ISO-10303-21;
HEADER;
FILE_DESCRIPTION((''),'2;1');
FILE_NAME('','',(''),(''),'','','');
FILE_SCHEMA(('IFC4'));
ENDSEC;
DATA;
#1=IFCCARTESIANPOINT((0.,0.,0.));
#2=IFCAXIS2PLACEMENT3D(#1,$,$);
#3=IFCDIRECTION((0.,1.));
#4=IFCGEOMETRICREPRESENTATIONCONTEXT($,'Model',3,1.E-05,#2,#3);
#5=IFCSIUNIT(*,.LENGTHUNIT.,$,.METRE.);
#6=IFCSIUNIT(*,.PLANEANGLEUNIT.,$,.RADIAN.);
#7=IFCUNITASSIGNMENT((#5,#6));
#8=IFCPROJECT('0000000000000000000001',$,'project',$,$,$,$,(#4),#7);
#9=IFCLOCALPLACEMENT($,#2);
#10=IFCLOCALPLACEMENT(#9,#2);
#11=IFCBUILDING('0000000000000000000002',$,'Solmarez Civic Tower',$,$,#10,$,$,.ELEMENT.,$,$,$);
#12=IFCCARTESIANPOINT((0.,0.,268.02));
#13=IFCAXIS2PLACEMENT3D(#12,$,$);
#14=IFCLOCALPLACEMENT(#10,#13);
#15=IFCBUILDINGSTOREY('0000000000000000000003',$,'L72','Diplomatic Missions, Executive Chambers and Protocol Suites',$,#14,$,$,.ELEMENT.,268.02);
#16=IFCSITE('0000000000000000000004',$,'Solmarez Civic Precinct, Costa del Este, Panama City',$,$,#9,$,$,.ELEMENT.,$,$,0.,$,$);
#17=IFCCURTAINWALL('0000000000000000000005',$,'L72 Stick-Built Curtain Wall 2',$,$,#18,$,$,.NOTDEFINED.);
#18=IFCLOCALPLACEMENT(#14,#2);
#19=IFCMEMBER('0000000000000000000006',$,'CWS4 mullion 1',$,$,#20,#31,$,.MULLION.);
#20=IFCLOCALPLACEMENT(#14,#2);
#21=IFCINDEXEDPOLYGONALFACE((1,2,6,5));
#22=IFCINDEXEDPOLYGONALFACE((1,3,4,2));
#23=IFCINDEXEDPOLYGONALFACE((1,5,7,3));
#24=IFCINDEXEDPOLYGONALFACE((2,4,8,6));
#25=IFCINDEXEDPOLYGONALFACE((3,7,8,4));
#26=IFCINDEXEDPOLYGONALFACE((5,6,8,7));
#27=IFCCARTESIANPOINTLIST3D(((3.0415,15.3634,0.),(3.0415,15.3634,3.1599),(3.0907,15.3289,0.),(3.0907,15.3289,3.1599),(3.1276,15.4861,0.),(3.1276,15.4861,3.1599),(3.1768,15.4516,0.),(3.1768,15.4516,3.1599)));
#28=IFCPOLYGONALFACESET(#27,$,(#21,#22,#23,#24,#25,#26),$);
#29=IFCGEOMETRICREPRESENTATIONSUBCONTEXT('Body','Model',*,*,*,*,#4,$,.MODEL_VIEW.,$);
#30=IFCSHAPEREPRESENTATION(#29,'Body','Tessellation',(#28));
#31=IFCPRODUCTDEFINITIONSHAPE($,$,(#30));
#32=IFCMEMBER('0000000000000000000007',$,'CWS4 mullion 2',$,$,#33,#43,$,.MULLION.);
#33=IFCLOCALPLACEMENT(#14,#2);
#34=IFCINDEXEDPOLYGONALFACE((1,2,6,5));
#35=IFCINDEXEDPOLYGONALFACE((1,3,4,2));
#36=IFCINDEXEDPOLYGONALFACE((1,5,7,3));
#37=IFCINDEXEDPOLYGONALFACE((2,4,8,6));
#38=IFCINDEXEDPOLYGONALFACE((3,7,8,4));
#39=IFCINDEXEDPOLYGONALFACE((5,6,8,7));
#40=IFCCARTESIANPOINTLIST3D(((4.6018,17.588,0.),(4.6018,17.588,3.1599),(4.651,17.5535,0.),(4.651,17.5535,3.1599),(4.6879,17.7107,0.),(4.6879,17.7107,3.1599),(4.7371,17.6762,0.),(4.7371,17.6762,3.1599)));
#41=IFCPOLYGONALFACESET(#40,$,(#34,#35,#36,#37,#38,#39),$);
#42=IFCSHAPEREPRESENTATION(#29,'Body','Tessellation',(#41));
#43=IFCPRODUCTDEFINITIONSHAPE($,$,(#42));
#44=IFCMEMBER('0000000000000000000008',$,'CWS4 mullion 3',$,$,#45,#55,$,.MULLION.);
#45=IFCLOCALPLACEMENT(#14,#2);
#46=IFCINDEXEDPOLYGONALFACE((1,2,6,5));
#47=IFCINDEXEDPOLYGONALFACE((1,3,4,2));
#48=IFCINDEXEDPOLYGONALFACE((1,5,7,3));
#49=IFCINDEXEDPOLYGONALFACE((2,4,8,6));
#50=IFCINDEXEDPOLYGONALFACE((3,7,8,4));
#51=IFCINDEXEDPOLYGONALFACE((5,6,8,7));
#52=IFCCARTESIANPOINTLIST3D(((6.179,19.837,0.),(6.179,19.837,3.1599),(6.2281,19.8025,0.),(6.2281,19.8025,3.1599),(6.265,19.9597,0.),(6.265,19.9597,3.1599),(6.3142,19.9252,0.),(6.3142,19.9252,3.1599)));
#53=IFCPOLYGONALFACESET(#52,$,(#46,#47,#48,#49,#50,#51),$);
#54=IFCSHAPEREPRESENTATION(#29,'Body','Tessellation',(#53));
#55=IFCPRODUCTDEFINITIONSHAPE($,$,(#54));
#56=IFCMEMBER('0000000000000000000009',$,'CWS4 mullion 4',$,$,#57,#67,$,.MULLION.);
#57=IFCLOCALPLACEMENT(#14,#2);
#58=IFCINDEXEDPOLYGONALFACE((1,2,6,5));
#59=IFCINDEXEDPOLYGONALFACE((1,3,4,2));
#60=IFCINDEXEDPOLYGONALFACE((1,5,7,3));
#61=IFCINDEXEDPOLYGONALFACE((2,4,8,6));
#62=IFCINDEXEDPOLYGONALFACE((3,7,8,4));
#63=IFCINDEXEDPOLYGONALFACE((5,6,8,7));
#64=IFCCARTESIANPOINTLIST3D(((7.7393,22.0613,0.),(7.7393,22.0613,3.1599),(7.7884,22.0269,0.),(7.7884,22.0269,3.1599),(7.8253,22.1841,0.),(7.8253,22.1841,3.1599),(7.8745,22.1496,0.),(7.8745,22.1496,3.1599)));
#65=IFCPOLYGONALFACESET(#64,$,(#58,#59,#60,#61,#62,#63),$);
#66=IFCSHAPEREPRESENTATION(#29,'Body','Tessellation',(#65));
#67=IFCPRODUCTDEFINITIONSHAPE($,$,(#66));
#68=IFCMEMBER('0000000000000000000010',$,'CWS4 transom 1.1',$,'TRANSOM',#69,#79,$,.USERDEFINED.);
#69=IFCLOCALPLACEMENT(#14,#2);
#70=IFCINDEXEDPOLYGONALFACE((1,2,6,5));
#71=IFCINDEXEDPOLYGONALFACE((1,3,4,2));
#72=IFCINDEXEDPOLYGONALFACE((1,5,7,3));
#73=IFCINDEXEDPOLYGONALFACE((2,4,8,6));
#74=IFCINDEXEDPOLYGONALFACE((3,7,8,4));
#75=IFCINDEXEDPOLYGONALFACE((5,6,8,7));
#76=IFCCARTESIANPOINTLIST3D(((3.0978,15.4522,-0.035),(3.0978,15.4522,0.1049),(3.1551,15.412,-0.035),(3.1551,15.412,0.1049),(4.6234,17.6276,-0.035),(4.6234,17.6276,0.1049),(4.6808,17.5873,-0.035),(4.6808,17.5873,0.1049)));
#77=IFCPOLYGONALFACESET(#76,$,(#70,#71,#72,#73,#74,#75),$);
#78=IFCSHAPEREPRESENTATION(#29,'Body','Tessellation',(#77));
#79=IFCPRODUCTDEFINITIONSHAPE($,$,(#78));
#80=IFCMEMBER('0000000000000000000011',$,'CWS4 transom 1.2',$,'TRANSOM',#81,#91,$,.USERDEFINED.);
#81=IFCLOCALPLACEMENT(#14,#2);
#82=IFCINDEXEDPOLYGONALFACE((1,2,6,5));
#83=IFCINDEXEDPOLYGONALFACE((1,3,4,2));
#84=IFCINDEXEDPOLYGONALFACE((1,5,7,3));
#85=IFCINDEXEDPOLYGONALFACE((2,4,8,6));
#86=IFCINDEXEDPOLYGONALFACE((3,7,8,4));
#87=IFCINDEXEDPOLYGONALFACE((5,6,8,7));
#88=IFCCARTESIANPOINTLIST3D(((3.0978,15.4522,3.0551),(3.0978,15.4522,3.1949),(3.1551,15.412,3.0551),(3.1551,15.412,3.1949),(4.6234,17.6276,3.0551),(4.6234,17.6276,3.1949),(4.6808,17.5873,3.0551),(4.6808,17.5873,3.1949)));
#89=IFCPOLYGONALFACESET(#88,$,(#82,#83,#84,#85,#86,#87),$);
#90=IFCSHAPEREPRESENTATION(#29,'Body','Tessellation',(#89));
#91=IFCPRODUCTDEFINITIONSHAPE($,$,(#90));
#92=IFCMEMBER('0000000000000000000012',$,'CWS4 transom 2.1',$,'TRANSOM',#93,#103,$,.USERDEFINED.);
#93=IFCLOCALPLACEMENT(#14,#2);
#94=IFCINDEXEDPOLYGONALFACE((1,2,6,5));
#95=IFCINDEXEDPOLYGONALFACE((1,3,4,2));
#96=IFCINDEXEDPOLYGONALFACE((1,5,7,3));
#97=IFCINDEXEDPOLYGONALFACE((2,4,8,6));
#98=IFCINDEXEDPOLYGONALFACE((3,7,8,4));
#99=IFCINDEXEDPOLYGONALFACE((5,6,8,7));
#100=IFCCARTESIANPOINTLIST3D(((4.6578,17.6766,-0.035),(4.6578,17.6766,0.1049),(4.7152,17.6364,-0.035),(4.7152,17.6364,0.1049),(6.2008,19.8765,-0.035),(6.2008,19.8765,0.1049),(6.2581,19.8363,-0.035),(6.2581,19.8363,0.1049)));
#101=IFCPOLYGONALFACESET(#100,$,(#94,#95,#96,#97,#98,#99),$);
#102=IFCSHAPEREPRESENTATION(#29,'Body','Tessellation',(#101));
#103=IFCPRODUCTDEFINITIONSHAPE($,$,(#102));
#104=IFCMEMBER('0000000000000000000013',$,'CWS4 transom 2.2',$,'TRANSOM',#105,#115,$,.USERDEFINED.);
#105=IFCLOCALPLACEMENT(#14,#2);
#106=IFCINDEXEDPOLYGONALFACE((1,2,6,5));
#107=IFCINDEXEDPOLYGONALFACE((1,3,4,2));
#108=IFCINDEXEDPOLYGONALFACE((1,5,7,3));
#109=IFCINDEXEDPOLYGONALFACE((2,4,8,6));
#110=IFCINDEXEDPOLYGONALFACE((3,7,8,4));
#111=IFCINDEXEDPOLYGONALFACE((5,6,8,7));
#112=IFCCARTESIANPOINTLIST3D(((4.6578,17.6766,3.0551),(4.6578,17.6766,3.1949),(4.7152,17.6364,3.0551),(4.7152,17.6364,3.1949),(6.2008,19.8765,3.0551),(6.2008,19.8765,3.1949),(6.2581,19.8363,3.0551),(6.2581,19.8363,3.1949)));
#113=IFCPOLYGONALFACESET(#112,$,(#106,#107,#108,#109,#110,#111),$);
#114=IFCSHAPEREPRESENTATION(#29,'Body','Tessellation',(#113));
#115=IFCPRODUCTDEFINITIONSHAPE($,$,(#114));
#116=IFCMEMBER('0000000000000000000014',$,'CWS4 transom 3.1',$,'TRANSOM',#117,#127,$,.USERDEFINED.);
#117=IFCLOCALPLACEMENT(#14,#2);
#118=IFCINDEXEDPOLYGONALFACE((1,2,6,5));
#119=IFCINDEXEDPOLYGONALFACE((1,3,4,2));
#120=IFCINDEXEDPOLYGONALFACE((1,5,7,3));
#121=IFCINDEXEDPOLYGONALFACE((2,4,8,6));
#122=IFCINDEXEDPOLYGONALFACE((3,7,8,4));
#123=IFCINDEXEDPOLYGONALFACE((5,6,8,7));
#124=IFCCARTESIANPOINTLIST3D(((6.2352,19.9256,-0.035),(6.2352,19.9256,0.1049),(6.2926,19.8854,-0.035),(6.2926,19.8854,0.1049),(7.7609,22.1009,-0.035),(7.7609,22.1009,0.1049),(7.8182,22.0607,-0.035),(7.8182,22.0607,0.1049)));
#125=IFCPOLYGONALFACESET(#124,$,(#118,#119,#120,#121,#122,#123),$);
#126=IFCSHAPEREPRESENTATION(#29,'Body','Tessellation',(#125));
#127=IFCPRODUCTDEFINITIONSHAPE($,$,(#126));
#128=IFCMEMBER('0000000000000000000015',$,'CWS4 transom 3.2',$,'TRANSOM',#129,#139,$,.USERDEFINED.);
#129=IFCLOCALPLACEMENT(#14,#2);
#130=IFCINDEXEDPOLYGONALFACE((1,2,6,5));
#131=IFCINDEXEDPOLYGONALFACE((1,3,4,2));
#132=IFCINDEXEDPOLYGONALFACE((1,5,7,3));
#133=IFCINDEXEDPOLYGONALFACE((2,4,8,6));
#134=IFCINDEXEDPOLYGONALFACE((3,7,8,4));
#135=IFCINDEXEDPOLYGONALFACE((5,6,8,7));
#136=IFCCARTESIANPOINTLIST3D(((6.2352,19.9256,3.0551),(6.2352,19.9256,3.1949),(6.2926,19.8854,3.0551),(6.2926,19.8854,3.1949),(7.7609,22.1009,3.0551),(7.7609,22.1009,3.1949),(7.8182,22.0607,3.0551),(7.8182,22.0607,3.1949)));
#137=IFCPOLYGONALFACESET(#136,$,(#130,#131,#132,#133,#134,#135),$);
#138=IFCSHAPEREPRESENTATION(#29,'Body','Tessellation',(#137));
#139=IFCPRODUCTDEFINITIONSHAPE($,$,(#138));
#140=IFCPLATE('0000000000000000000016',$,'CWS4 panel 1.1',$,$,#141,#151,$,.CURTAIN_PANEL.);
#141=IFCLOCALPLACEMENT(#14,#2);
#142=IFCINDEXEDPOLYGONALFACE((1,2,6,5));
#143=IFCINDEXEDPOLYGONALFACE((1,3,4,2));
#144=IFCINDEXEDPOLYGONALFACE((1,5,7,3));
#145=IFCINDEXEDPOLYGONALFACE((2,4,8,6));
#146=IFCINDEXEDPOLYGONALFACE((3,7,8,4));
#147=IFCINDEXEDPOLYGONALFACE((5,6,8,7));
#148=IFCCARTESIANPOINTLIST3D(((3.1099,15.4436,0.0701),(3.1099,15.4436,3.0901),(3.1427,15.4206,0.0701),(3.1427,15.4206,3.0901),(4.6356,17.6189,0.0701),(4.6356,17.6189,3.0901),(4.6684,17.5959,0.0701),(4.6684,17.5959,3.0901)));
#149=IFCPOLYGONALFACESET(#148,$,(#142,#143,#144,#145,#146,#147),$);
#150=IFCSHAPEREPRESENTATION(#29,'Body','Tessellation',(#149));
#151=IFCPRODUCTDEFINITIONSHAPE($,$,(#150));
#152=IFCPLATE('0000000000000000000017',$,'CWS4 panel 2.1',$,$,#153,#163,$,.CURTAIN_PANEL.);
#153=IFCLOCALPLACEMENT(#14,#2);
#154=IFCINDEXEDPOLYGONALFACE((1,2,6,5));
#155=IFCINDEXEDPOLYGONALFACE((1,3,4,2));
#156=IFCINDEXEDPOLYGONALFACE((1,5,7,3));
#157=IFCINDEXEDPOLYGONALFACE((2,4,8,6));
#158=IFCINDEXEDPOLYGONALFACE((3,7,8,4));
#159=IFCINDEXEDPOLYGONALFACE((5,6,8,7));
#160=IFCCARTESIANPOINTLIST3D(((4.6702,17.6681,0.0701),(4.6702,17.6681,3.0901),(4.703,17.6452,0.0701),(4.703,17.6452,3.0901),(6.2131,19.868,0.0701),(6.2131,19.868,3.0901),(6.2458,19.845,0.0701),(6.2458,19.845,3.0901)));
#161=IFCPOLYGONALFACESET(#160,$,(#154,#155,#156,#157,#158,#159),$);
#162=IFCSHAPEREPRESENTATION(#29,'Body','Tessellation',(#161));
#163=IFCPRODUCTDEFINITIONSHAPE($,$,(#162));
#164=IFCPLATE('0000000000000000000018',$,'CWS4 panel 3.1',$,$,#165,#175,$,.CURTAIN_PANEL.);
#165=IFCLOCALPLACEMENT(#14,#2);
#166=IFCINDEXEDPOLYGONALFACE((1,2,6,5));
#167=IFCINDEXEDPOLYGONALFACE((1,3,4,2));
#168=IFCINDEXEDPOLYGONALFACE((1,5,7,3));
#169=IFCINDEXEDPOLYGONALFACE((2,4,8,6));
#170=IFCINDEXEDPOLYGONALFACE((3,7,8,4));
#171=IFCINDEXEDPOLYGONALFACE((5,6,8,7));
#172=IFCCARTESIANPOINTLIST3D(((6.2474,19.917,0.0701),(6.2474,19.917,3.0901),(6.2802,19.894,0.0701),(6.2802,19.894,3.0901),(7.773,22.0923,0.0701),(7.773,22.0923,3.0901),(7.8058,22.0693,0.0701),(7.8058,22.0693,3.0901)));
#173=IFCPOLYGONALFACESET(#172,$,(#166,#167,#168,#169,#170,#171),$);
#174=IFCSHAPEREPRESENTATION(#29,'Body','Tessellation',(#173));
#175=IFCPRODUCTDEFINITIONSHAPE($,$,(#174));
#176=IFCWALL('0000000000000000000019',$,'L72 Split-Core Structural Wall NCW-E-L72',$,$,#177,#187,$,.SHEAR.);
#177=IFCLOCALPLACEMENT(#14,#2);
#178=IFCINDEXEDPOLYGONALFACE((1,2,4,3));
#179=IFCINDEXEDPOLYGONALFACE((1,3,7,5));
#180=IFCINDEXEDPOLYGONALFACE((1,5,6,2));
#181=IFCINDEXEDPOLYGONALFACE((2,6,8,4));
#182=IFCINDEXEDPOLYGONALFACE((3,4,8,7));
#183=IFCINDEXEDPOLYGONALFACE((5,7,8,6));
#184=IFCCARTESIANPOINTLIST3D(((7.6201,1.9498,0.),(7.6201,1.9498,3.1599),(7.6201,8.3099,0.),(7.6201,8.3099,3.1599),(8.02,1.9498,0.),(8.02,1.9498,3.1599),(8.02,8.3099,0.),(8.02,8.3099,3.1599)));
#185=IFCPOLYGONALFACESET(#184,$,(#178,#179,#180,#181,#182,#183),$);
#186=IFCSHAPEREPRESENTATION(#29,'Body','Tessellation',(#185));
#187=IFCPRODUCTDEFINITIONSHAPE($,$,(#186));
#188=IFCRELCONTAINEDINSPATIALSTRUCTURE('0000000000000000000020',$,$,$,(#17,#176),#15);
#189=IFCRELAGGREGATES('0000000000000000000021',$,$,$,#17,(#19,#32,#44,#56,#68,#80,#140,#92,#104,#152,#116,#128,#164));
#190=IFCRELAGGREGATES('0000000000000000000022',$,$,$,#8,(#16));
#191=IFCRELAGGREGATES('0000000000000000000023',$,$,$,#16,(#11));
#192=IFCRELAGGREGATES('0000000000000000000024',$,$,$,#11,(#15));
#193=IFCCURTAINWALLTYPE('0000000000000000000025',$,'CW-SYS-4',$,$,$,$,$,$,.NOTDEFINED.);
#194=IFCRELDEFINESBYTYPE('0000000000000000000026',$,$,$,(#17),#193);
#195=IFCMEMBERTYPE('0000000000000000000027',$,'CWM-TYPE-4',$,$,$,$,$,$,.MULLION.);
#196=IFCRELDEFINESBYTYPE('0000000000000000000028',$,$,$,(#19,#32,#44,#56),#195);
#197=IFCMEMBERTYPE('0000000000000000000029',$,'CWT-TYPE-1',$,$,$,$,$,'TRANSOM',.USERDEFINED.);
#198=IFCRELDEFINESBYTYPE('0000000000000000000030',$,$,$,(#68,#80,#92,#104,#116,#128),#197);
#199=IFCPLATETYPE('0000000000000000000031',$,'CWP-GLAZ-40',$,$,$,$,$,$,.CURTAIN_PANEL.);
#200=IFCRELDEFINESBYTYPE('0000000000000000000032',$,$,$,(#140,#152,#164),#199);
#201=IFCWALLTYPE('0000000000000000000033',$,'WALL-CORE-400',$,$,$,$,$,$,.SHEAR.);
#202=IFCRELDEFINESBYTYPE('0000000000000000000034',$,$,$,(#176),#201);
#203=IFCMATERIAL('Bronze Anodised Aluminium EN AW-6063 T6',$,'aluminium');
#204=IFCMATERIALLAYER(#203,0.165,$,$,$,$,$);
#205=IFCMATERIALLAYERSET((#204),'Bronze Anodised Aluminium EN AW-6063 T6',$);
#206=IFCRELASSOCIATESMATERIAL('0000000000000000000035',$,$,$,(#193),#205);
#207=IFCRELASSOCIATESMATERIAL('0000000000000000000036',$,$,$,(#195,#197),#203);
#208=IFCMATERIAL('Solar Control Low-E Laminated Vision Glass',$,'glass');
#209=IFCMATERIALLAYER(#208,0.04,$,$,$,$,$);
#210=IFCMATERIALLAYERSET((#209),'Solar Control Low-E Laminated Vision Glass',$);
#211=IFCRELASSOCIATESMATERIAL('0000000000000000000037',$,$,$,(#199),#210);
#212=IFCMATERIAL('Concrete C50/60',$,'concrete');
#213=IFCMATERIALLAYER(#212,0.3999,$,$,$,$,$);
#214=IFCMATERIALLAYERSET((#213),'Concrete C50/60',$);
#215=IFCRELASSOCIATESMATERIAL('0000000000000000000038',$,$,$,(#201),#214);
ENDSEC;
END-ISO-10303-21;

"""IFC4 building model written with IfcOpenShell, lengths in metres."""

from ifc_helpers import new_model, si_unit, direction, frame, frame_2d, origin, origin_2d, place, context, subcontext, project, spatial, rectangle, extrude, material, layer, layer_set, material_profile, profile_set, type_object, element, aggregate, save


model = new_model("IFC4")

# Units and contexts
model_context = context("Model", 3, precision=1e-05, world=origin(), true_north=direction((0.0, 1.0)))
body_context = subcontext(model_context, "Body", "Model", "MODEL_VIEW")
ifc_project = project(units=[si_unit("LENGTHUNIT", "METRE"), si_unit("PLANEANGLEUNIT", "RADIAN")], contexts=[model_context])

# Site, building, storey
site_placement = place(None, origin())
site = spatial("IfcSite", under=ifc_project, at=site_placement, Name="Solmarez Civic Precinct, Costa del Este, Panama City", CompositionType="ELEMENT", RefElevation=0.0)
building_placement = place(site_placement, origin())
building = spatial("IfcBuilding", under=site, at=building_placement, Name="Solmarez Civic Tower", CompositionType="ELEMENT")
storey_placement = place(building_placement, frame((0.0, 0.0, 268.02)))
storey = spatial("IfcBuildingStorey", under=building, at=storey_placement, Name="L72", Description="Diplomatic Missions, Executive Chambers and Protocol Suites", CompositionType="ELEMENT", Elevation=268.02)

# Curtain wall, members, plates
ifc_material_1 = material(Name="Bronze Anodised Aluminium EN AW-6063 T6", Category="aluminium")
ifc_layer_1 = layer(ifc_material_1, 0.165)
ifc_layer_set_1 = layer_set([ifc_layer_1], Name="Bronze Anodised Aluminium EN AW-6063 T6")
curtain_wall_type = type_object("IfcCurtainWallType", Name="CW-SYS-4", PredefinedType="NOTDEFINED", material=ifc_layer_set_1)
curtain_wall_placement = place(storey_placement, origin())
curtain_wall = element("IfcCurtainWall", 1, at=curtain_wall_placement, inside=storey, type_object=curtain_wall_type, Name="L72 Stick-Built Curtain Wall 2", PredefinedType="NOTDEFINED")
ifc_material_profile_1 = material_profile(ifc_material_1, rectangle(XDim=0.0601, YDim=0.1499, at=origin_2d()), Name="CWM-60X150")
ifc_profile_set_1 = profile_set([ifc_material_profile_1], Name="Bronze Anodised Aluminium EN AW-6063 T6")
member_type_1 = type_object("IfcMemberType", Name="CWM-TYPE-4", PredefinedType="MULLION", material=ifc_profile_set_1)
member_1_placement = place(storey_placement, frame((3.1091, 15.4075, 0.0), z_axis=(0.0, 0.0, 1.0), x_axis=(-0.818713, 0.574203, 0.0)))
member_1 = element("IfcMember", 2, at=member_1_placement, type_object=member_type_1, Name="CWS4 mullion 1", PredefinedType="MULLION", context=body_context, shape_type="SweptSolid", body=[
    extrude(rectangle(XDim=0.0601, YDim=0.1499, at=origin_2d()), origin(), (0.0, 0.0, 1.0), 3.1599),
])
member_2_placement = place(storey_placement, frame((4.6694, 17.6321, 0.0), z_axis=(0.0, 0.0, 1.0), x_axis=(-0.818713, 0.574203, 0.0)))
member_2 = element("IfcMember", 3, at=member_2_placement, type_object=member_type_1, Name="CWS4 mullion 2", PredefinedType="MULLION", context=body_context, shape_type="SweptSolid", body=[
    extrude(rectangle(XDim=0.0601, YDim=0.1499, at=origin_2d()), origin(), (0.0, 0.0, 1.0), 3.1599),
])
member_3_placement = place(storey_placement, frame((6.2466, 19.8811, 0.0), z_axis=(0.0, 0.0, 1.0), x_axis=(-0.818713, 0.574203, 0.0)))
member_3 = element("IfcMember", 4, at=member_3_placement, type_object=member_type_1, Name="CWS4 mullion 3", PredefinedType="MULLION", context=body_context, shape_type="SweptSolid", body=[
    extrude(rectangle(XDim=0.0601, YDim=0.1499, at=origin_2d()), origin(), (0.0, 0.0, 1.0), 3.1599),
])
member_4_placement = place(storey_placement, frame((7.8069, 22.1055, 0.0), z_axis=(0.0, 0.0, 1.0), x_axis=(-0.818713, 0.574203, 0.0)))
member_4 = element("IfcMember", 5, at=member_4_placement, type_object=member_type_1, Name="CWS4 mullion 4", PredefinedType="MULLION", context=body_context, shape_type="SweptSolid", body=[
    extrude(rectangle(XDim=0.0601, YDim=0.1499, at=origin_2d()), origin(), (0.0, 0.0, 1.0), 3.1599),
])
ifc_material_profile_2 = material_profile(ifc_material_1, rectangle(XDim=0.0701, YDim=0.1399, at=origin_2d()), Name="CWT-70X140")
ifc_profile_set_2 = profile_set([ifc_material_profile_2], Name="Bronze Anodised Aluminium EN AW-6063 T6")
member_type_2 = type_object("IfcMemberType", Name="CWT-TYPE-1", ElementType="TRANSOM", PredefinedType="USERDEFINED", material=ifc_profile_set_2)
member_5_placement = place(storey_placement, frame((3.1265, 15.4321, 0.0349), z_axis=(0.574202, 0.818714, 0.0), x_axis=(-0.818714, 0.574202, 0.0)))
member_5 = element("IfcMember", 6, at=member_5_placement, type_object=member_type_2, Name="CWS4 transom 1.1", ObjectType="TRANSOM", PredefinedType="USERDEFINED", context=body_context, shape_type="SweptSolid", body=[
    extrude(rectangle(XDim=0.0701, YDim=0.1399, at=origin_2d()), origin(), (0.0, 0.0, 1.0), 2.657),
])
member_6_placement = place(storey_placement, frame((3.1265, 15.4321, 3.125), z_axis=(0.574202, 0.818714, 0.0), x_axis=(-0.818714, 0.574202, 0.0)))
member_6 = element("IfcMember", 7, at=member_6_placement, type_object=member_type_2, Name="CWS4 transom 1.2", ObjectType="TRANSOM", PredefinedType="USERDEFINED", context=body_context, shape_type="SweptSolid", body=[
    extrude(rectangle(XDim=0.0701, YDim=0.1399, at=origin_2d()), origin(), (0.0, 0.0, 1.0), 2.657),
])
member_7_placement = place(storey_placement, frame((4.6865, 17.6565, 0.0349), z_axis=(0.574212, 0.818707, 0.0), x_axis=(-0.818707, 0.574212, 0.0)))
member_7 = element("IfcMember", 8, at=member_7_placement, type_object=member_type_2, Name="CWS4 transom 2.1", ObjectType="TRANSOM", PredefinedType="USERDEFINED", context=body_context, shape_type="SweptSolid", body=[
    extrude(rectangle(XDim=0.0701, YDim=0.1399, at=origin_2d()), origin(), (0.0, 0.0, 1.0), 2.687),
])
member_8_placement = place(storey_placement, frame((4.6865, 17.6565, 3.125), z_axis=(0.574212, 0.818707, 0.0), x_axis=(-0.818707, 0.574212, 0.0)))
member_8 = element("IfcMember", 9, at=member_8_placement, type_object=member_type_2, Name="CWS4 transom 2.2", ObjectType="TRANSOM", PredefinedType="USERDEFINED", context=body_context, shape_type="SweptSolid", body=[
    extrude(rectangle(XDim=0.0701, YDim=0.1399, at=origin_2d()), origin(), (0.0, 0.0, 1.0), 2.687),
])
member_9_placement = place(storey_placement, frame((6.2639, 19.9055, 0.0349), z_axis=(0.574202, 0.818714, 0.0), x_axis=(-0.818714, 0.574202, 0.0)))
member_9 = element("IfcMember", 10, at=member_9_placement, type_object=member_type_2, Name="CWS4 transom 3.1", ObjectType="TRANSOM", PredefinedType="USERDEFINED", context=body_context, shape_type="SweptSolid", body=[
    extrude(rectangle(XDim=0.0701, YDim=0.1399, at=origin_2d()), origin(), (0.0, 0.0, 1.0), 2.657),
])
member_10_placement = place(storey_placement, frame((6.2639, 19.9055, 3.125), z_axis=(0.574202, 0.818714, 0.0), x_axis=(-0.818714, 0.574202, 0.0)))
member_10 = element("IfcMember", 11, at=member_10_placement, type_object=member_type_2, Name="CWS4 transom 3.2", ObjectType="TRANSOM", PredefinedType="USERDEFINED", context=body_context, shape_type="SweptSolid", body=[
    extrude(rectangle(XDim=0.0701, YDim=0.1399, at=origin_2d()), origin(), (0.0, 0.0, 1.0), 2.657),
])
ifc_material_2 = material(Name="Solar Control Low-E Laminated Vision Glass", Category="glass")
ifc_layer_2 = layer(ifc_material_2, 0.04)
ifc_layer_set_2 = layer_set([ifc_layer_2], Name="Solar Control Low-E Laminated Vision Glass")
plate_type = type_object("IfcPlateType", Name="CWP-GLAZ-40", PredefinedType="CURTAIN_PANEL", material=ifc_layer_set_2)
plate_1_placement = place(storey_placement, frame((3.8892, 16.5198, 0.0701), z_axis=(0.0, 0.0, 1.0), x_axis=(0.574203, 0.818713, 0.0)))
plate_1 = element("IfcPlate", 12, at=plate_1_placement, type_object=plate_type, Name="CWS4 panel 1.1", PredefinedType="CURTAIN_PANEL", context=body_context, shape_type="SweptSolid", body=[
    extrude(rectangle(XDim=2.657, YDim=0.04, at=origin_2d()), origin(), (0.0, 0.0, 1.0), 3.02),
])
plate_2_placement = place(storey_placement, frame((5.458, 18.7566, 0.0701), z_axis=(0.0, 0.0, 1.0), x_axis=(0.574203, 0.818713, 0.0)))
plate_2 = element("IfcPlate", 13, at=plate_2_placement, type_object=plate_type, Name="CWS4 panel 2.1", PredefinedType="CURTAIN_PANEL", context=body_context, shape_type="SweptSolid", body=[
    extrude(rectangle(XDim=2.687, YDim=0.04, at=origin_2d()), origin(), (0.0, 0.0, 1.0), 3.02),
])
plate_3_placement = place(storey_placement, frame((7.0266, 20.9932, 0.0701), z_axis=(0.0, 0.0, 1.0), x_axis=(0.574203, 0.818713, 0.0)))
plate_3 = element("IfcPlate", 14, at=plate_3_placement, type_object=plate_type, Name="CWS4 panel 3.1", PredefinedType="CURTAIN_PANEL", context=body_context, shape_type="SweptSolid", body=[
    extrude(rectangle(XDim=2.657, YDim=0.04, at=origin_2d()), origin(), (0.0, 0.0, 1.0), 3.02),
])
aggregate(curtain_wall, [member_1, member_2, member_3, member_4, member_5, member_6, plate_1, member_7, member_8, plate_2, member_9, member_10, plate_3])

# Wall
ifc_material_3 = material(Name="Concrete C50/60", Category="concrete")
ifc_layer_3 = layer(ifc_material_3, 0.3999)
ifc_layer_set_3 = layer_set([ifc_layer_3], Name="Concrete C50/60")
wall_type_1 = type_object("IfcWallType", Name="WALL-CORE-400", PredefinedType="SHEAR", material=ifc_layer_set_3)
wall_1_placement = place(storey_placement, frame((7.8201, 8.3101, 0.0), z_axis=(0.0, 0.0, 1.0), x_axis=(0.0, -1.0, 0.0)))
element("IfcWall", 15, at=wall_1_placement, inside=storey, type_object=wall_type_1, Name="L72 Split-Core Structural Wall NCW-E-L72", PredefinedType="SHEAR", context=body_context, shape_type="SweptSolid", body=[
    extrude(rectangle(XDim=6.3601, YDim=0.3999, at=frame_2d((3.1802, 0.0))), origin(), (0.0, 0.0, 1.0), 3.1599),
])

save(model, "model.ifc")
